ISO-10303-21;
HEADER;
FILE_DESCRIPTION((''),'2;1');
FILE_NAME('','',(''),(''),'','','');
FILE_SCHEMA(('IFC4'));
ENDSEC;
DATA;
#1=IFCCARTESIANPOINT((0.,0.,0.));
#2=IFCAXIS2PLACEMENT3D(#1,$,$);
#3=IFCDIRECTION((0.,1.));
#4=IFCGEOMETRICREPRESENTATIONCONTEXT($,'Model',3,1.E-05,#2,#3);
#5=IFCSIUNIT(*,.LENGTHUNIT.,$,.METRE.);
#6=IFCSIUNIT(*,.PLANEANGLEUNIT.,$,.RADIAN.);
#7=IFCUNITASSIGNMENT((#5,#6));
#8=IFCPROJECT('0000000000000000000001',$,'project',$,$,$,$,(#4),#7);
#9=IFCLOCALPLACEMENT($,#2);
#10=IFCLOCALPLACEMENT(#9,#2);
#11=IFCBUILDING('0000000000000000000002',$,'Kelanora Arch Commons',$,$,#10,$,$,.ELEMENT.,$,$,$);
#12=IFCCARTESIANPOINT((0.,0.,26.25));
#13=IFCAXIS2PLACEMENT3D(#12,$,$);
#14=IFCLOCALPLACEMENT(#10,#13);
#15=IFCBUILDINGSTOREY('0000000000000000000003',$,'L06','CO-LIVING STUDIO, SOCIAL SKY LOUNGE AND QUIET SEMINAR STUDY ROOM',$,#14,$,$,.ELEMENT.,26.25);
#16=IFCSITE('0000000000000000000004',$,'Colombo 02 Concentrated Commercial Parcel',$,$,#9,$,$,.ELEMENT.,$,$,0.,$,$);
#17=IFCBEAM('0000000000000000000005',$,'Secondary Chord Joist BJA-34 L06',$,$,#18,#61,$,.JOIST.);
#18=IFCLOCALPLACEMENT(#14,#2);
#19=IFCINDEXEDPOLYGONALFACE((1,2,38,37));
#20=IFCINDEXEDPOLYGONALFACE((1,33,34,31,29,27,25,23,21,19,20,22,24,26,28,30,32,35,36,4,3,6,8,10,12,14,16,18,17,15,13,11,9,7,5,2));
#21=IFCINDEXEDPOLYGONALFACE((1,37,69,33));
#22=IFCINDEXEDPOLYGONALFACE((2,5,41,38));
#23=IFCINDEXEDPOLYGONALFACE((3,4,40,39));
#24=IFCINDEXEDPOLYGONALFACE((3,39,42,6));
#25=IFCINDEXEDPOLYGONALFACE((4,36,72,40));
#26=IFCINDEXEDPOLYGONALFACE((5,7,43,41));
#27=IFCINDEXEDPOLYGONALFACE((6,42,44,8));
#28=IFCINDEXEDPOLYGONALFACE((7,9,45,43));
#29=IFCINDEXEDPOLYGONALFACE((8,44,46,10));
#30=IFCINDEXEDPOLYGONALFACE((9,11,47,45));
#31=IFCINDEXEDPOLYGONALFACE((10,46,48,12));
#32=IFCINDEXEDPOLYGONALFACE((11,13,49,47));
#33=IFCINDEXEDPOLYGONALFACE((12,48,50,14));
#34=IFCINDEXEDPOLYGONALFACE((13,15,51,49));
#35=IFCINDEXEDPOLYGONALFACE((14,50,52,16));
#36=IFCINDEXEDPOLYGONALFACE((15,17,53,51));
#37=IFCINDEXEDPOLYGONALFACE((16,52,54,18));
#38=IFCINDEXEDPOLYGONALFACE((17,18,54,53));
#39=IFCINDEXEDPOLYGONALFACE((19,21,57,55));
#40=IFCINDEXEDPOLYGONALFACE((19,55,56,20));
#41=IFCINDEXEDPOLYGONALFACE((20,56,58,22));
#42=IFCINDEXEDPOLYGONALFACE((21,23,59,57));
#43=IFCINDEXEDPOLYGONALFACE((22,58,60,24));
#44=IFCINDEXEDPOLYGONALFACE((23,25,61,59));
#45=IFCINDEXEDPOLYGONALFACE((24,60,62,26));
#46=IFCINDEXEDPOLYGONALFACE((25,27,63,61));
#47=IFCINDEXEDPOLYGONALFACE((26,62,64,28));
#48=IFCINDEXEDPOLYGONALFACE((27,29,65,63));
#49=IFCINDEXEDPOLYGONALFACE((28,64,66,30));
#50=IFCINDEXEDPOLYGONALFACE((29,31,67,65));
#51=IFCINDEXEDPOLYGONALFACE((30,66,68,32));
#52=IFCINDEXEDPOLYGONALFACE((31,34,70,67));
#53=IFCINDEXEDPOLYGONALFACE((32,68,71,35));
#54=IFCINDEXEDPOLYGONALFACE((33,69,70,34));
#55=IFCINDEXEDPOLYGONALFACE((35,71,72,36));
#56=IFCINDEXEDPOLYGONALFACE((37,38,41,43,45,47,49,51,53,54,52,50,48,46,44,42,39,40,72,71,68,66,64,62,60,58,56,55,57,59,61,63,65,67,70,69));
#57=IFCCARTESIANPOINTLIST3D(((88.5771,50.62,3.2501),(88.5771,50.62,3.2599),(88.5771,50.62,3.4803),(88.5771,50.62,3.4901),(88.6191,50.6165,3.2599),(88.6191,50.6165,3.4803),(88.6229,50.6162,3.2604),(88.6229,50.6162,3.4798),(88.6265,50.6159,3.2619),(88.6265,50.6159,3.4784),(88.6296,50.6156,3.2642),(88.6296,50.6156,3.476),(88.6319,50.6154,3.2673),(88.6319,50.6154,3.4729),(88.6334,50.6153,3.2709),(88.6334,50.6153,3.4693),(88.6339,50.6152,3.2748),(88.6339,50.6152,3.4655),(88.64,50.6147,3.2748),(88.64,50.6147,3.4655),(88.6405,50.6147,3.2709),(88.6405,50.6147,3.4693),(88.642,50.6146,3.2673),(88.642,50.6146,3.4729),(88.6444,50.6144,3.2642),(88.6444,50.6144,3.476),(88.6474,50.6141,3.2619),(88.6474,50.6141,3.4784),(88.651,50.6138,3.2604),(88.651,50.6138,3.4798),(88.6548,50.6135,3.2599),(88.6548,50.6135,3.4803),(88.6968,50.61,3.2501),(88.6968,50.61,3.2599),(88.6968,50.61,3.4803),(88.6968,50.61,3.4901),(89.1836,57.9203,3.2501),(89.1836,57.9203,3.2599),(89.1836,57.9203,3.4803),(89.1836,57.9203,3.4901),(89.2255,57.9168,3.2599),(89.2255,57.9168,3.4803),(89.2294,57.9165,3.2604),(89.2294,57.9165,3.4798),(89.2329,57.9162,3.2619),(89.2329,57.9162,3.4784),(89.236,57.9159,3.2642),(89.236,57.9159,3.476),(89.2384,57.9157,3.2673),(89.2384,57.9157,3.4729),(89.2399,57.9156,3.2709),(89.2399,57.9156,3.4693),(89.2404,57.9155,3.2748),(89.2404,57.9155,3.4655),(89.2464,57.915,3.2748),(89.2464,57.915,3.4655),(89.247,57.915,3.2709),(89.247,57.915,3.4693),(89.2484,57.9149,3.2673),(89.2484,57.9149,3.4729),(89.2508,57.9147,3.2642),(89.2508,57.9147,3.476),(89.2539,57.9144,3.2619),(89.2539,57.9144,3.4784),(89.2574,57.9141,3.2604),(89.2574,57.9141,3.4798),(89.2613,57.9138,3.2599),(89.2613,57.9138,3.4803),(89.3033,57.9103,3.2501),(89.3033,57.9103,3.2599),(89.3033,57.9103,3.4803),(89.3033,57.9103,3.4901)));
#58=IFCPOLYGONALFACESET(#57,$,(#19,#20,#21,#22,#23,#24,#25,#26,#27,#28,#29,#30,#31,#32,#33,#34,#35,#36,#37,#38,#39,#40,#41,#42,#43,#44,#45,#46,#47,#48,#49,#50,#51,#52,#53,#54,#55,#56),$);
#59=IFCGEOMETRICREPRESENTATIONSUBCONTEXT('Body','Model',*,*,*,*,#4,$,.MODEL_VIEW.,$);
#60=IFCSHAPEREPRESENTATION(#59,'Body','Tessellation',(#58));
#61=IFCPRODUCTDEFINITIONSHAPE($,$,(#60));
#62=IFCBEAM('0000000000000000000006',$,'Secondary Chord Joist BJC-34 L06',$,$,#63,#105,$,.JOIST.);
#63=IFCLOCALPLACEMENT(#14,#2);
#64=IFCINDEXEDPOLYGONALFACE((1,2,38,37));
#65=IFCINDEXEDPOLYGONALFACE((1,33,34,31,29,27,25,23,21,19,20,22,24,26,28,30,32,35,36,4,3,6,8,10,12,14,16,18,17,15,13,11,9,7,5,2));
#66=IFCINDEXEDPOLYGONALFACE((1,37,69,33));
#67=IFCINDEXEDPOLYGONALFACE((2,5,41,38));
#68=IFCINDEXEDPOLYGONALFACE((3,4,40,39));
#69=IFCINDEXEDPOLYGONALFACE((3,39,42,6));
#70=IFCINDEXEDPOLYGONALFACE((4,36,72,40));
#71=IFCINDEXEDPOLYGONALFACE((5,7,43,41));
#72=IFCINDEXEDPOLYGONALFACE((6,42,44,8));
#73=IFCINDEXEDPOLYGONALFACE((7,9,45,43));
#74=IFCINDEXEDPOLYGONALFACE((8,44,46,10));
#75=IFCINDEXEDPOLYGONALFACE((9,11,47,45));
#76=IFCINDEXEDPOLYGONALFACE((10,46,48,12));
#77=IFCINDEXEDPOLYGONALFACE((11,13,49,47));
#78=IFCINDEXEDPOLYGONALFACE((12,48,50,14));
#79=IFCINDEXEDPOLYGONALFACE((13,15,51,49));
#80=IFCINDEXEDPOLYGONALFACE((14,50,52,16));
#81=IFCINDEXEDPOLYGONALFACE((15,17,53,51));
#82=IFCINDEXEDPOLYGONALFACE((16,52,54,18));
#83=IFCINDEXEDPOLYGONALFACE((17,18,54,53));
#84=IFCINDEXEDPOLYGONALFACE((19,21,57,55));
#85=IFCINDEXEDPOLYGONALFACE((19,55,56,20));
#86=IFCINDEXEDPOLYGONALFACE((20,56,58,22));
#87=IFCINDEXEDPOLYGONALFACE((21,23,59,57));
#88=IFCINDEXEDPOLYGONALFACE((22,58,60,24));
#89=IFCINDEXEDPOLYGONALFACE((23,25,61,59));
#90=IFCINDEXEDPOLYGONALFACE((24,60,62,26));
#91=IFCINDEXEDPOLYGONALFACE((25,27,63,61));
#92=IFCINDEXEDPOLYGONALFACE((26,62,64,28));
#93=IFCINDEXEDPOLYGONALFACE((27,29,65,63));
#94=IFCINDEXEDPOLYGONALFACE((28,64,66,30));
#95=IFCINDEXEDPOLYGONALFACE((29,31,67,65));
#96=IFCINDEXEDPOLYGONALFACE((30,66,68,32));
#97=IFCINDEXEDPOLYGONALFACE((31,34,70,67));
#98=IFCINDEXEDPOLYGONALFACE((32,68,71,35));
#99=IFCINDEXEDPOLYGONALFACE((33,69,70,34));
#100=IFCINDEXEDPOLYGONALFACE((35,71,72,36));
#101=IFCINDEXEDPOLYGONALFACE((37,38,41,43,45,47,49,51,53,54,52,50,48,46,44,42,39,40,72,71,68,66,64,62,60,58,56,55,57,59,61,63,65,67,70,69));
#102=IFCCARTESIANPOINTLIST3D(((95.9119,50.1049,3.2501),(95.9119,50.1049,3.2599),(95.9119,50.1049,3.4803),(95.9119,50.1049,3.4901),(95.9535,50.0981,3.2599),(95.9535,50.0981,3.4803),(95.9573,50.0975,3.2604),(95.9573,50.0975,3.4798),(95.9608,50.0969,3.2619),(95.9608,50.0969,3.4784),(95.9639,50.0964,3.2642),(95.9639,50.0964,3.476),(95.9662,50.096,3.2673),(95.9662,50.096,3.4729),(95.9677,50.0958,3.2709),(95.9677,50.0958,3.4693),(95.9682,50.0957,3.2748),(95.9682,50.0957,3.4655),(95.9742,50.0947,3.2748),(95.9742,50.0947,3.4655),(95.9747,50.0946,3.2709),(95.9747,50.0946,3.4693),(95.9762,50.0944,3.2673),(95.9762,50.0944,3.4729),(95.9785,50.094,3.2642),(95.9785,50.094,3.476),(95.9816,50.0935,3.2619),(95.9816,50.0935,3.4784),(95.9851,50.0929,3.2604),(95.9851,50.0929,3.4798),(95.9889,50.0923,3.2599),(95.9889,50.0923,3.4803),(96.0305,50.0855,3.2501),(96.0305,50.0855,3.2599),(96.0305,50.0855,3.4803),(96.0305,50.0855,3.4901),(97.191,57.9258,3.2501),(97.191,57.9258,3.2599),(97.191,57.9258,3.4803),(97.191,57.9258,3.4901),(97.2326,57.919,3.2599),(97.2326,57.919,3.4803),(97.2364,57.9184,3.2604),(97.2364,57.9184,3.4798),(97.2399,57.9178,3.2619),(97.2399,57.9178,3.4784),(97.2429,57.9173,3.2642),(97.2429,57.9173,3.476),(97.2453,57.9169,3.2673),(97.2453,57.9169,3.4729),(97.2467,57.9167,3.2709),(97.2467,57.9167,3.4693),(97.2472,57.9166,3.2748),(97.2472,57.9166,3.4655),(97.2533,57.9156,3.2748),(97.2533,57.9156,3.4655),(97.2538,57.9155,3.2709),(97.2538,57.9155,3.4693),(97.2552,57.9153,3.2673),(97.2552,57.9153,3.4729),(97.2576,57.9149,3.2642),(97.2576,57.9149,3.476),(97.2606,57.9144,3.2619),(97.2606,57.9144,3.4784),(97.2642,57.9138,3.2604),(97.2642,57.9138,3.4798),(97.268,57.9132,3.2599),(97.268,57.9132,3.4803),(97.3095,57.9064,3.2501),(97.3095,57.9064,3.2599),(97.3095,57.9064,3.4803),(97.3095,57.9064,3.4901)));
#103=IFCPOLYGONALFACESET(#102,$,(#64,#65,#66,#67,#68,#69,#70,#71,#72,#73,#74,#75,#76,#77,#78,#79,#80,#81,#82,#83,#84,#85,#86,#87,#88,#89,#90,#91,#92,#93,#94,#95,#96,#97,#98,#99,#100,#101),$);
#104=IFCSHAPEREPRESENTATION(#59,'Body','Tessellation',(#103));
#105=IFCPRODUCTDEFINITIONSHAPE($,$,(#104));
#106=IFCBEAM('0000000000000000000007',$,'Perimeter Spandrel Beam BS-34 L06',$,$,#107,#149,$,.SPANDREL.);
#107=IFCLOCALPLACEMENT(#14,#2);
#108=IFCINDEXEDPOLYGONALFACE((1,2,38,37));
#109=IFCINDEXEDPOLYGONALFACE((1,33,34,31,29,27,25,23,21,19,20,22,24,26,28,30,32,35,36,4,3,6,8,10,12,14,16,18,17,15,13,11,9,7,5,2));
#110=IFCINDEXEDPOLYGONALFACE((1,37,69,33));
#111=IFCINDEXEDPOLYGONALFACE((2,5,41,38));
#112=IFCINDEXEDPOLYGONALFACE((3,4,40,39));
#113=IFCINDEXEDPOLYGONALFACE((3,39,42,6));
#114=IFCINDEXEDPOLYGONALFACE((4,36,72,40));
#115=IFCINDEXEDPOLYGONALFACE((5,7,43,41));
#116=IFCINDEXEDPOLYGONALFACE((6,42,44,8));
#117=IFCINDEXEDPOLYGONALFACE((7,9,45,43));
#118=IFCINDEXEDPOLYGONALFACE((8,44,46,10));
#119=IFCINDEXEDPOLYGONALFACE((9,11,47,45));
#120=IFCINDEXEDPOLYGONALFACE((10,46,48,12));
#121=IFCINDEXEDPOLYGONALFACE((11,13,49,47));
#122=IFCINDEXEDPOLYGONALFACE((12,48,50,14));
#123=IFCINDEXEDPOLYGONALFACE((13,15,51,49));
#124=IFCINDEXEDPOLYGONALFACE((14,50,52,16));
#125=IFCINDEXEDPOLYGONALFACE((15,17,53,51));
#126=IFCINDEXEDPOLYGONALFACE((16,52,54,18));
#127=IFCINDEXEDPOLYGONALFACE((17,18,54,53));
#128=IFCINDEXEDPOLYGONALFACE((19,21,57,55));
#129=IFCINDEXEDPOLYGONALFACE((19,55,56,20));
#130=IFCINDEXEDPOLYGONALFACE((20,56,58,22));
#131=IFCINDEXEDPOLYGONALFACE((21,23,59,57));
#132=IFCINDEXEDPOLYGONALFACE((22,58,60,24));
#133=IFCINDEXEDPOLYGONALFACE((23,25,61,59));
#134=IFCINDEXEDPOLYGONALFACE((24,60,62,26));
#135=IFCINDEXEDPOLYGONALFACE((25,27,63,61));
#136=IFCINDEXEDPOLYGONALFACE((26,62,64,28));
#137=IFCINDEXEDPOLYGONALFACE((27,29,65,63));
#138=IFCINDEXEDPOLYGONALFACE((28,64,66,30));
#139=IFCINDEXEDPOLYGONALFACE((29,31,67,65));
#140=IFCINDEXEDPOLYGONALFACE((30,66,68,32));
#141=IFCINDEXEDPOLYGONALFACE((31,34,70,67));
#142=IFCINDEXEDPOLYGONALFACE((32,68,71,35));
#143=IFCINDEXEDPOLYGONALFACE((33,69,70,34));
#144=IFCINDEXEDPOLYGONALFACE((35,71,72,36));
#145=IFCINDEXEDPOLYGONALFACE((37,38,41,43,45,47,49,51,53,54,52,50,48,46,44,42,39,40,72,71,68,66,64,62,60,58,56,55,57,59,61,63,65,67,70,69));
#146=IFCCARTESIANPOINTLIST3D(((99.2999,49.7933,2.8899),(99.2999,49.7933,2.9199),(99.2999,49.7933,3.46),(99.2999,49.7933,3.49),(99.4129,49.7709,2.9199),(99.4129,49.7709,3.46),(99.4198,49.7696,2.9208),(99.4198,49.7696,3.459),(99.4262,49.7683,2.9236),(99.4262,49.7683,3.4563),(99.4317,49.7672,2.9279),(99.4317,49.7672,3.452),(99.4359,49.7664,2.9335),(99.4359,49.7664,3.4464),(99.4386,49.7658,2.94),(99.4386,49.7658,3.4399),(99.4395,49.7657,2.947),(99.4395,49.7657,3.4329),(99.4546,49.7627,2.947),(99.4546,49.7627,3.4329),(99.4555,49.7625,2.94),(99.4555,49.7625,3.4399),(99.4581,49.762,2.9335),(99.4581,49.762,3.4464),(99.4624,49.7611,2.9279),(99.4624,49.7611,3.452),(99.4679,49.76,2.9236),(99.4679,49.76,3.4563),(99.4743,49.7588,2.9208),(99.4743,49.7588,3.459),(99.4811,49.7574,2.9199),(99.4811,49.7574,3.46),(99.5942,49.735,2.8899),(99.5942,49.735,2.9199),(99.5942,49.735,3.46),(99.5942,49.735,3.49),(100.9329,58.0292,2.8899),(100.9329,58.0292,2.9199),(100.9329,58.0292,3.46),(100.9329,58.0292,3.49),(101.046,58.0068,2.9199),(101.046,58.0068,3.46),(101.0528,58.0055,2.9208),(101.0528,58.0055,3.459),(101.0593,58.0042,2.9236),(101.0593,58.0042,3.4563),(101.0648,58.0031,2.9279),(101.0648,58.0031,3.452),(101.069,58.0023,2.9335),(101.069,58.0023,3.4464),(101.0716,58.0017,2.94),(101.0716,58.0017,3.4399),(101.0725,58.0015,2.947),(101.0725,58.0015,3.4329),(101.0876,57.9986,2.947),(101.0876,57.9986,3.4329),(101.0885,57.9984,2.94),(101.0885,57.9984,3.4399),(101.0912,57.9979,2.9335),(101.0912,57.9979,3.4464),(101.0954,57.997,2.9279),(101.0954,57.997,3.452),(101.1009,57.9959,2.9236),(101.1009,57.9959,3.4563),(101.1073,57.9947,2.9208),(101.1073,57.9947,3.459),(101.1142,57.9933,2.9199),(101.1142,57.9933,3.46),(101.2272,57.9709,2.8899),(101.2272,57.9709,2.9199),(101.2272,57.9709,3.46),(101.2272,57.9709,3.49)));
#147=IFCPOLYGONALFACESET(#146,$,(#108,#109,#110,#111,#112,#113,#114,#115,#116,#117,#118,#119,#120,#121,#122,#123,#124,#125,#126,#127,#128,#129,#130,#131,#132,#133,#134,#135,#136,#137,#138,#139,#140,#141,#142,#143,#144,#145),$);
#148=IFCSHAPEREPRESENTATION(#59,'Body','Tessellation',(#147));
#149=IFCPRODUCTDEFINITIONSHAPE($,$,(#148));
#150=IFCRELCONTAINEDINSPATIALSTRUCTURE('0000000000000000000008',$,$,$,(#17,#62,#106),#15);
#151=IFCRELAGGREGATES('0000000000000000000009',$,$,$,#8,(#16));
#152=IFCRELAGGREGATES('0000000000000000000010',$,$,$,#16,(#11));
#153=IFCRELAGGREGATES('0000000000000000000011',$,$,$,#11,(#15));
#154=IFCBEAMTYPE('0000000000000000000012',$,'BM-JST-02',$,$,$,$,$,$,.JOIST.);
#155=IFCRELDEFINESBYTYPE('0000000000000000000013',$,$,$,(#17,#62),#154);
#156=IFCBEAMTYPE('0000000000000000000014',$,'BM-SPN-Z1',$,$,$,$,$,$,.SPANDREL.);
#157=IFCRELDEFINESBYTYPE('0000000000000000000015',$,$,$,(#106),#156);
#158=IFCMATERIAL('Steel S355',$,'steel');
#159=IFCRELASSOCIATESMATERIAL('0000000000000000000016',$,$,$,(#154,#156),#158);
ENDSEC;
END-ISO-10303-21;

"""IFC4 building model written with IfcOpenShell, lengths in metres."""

from ifc_helpers import new_model, si_unit, direction, frame, origin, origin_2d, place, context, subcontext, project, spatial, i_section, extrude, material, material_profile, profile_set, type_object, element, save


model = new_model("IFC4")

# Units and contexts
model_context = context("Model", 3, precision=1e-05, world=origin(), true_north=direction((0.0, 1.0)))
body_context = subcontext(model_context, "Body", "Model", "MODEL_VIEW")
ifc_project = project(units=[si_unit("LENGTHUNIT", "METRE"), si_unit("PLANEANGLEUNIT", "RADIAN")], contexts=[model_context])

# Site, building, storey
site_placement = place(None, origin())
site = spatial("IfcSite", under=ifc_project, at=site_placement, Name="Colombo 02 Concentrated Commercial Parcel", CompositionType="ELEMENT", RefElevation=0.0)
building_placement = place(site_placement, origin())
building = spatial("IfcBuilding", under=site, at=building_placement, Name="Kelanora Arch Commons", CompositionType="ELEMENT")
storey_placement = place(building_placement, frame((0.0, 0.0, 26.25)))
storey = spatial("IfcBuildingStorey", under=building, at=storey_placement, Name="L06", Description="CO-LIVING STUDIO, SOCIAL SKY LOUNGE AND QUIET SEMINAR STUDY ROOM", CompositionType="ELEMENT", Elevation=26.25)

# Beams
ifc_material_1 = material(Name="Steel S355", Category="steel")
ifc_material_profile_1 = material_profile(ifc_material_1, i_section(OverallWidth=0.1201, OverallDepth=0.24, WebThickness=0.0061, FlangeThickness=0.0098, FilletRadius=0.0149, at=origin_2d()), Name="IPE240")
ifc_profile_set_1 = profile_set([ifc_material_profile_1], Name="Steel S355")
beam_type_1 = type_object("IfcBeamType", Name="BM-JST-02", PredefinedType="JOIST", material=ifc_profile_set_1)
beam_1_placement = place(storey_placement, frame((88.637, 50.615, 3.3701), z_axis=(0.082786, 0.996567, 0.0), x_axis=(-0.996567, 0.082786, 0.0)))
element("IfcBeam", 1, at=beam_1_placement, inside=storey, type_object=beam_type_1, Name="Secondary Chord Joist BJA-34 L06", PredefinedType="JOIST", context=body_context, shape_type="SweptSolid", body=[
    extrude(i_section(OverallWidth=0.1201, OverallDepth=0.24, WebThickness=0.0061, FlangeThickness=0.0098, FilletRadius=0.0149, at=origin_2d()), origin(), (0.0, 0.0, 1.0), 7.3254),
])
beam_2_placement = place(storey_placement, frame((95.9712, 50.0952, 3.3701), z_axis=(0.161401, 0.986889, 0.0), x_axis=(-0.986889, 0.161401, 0.0)))
element("IfcBeam", 2, at=beam_2_placement, inside=storey, type_object=beam_type_1, Name="Secondary Chord Joist BJC-34 L06", PredefinedType="JOIST", context=body_context, shape_type="SweptSolid", body=[
    extrude(i_section(OverallWidth=0.1201, OverallDepth=0.24, WebThickness=0.0061, FlangeThickness=0.0098, FilletRadius=0.0149, at=origin_2d()), origin(), (0.0, 0.0, 1.0), 7.9248),
])
ifc_material_profile_2 = material_profile(ifc_material_1, i_section(OverallWidth=0.3, OverallDepth=0.6001, WebThickness=0.0154, FlangeThickness=0.03, FilletRadius=0.0271, at=origin_2d()), Name="HEB600")
ifc_profile_set_2 = profile_set([ifc_material_profile_2], Name="Steel S355")
beam_type_2 = type_object("IfcBeamType", Name="BM-SPN-Z1", PredefinedType="SPANDREL", material=ifc_profile_set_2)
beam_3_placement = place(storey_placement, frame((99.447, 49.7642, 3.1899), z_axis=(0.1945, 0.980903, 0.0), x_axis=(-0.980903, 0.1945, 0.0)))
element("IfcBeam", 3, at=beam_3_placement, inside=storey, type_object=beam_type_2, Name="Perimeter Spandrel Beam BS-34 L06", PredefinedType="SPANDREL", context=body_context, shape_type="SweptSolid", body=[
    extrude(i_section(OverallWidth=0.3, OverallDepth=0.6001, WebThickness=0.0154, FlangeThickness=0.03, FilletRadius=0.0271, at=origin_2d()), origin(), (0.0, 0.0, 1.0), 8.3962),
])

save(model, "model.ifc")
